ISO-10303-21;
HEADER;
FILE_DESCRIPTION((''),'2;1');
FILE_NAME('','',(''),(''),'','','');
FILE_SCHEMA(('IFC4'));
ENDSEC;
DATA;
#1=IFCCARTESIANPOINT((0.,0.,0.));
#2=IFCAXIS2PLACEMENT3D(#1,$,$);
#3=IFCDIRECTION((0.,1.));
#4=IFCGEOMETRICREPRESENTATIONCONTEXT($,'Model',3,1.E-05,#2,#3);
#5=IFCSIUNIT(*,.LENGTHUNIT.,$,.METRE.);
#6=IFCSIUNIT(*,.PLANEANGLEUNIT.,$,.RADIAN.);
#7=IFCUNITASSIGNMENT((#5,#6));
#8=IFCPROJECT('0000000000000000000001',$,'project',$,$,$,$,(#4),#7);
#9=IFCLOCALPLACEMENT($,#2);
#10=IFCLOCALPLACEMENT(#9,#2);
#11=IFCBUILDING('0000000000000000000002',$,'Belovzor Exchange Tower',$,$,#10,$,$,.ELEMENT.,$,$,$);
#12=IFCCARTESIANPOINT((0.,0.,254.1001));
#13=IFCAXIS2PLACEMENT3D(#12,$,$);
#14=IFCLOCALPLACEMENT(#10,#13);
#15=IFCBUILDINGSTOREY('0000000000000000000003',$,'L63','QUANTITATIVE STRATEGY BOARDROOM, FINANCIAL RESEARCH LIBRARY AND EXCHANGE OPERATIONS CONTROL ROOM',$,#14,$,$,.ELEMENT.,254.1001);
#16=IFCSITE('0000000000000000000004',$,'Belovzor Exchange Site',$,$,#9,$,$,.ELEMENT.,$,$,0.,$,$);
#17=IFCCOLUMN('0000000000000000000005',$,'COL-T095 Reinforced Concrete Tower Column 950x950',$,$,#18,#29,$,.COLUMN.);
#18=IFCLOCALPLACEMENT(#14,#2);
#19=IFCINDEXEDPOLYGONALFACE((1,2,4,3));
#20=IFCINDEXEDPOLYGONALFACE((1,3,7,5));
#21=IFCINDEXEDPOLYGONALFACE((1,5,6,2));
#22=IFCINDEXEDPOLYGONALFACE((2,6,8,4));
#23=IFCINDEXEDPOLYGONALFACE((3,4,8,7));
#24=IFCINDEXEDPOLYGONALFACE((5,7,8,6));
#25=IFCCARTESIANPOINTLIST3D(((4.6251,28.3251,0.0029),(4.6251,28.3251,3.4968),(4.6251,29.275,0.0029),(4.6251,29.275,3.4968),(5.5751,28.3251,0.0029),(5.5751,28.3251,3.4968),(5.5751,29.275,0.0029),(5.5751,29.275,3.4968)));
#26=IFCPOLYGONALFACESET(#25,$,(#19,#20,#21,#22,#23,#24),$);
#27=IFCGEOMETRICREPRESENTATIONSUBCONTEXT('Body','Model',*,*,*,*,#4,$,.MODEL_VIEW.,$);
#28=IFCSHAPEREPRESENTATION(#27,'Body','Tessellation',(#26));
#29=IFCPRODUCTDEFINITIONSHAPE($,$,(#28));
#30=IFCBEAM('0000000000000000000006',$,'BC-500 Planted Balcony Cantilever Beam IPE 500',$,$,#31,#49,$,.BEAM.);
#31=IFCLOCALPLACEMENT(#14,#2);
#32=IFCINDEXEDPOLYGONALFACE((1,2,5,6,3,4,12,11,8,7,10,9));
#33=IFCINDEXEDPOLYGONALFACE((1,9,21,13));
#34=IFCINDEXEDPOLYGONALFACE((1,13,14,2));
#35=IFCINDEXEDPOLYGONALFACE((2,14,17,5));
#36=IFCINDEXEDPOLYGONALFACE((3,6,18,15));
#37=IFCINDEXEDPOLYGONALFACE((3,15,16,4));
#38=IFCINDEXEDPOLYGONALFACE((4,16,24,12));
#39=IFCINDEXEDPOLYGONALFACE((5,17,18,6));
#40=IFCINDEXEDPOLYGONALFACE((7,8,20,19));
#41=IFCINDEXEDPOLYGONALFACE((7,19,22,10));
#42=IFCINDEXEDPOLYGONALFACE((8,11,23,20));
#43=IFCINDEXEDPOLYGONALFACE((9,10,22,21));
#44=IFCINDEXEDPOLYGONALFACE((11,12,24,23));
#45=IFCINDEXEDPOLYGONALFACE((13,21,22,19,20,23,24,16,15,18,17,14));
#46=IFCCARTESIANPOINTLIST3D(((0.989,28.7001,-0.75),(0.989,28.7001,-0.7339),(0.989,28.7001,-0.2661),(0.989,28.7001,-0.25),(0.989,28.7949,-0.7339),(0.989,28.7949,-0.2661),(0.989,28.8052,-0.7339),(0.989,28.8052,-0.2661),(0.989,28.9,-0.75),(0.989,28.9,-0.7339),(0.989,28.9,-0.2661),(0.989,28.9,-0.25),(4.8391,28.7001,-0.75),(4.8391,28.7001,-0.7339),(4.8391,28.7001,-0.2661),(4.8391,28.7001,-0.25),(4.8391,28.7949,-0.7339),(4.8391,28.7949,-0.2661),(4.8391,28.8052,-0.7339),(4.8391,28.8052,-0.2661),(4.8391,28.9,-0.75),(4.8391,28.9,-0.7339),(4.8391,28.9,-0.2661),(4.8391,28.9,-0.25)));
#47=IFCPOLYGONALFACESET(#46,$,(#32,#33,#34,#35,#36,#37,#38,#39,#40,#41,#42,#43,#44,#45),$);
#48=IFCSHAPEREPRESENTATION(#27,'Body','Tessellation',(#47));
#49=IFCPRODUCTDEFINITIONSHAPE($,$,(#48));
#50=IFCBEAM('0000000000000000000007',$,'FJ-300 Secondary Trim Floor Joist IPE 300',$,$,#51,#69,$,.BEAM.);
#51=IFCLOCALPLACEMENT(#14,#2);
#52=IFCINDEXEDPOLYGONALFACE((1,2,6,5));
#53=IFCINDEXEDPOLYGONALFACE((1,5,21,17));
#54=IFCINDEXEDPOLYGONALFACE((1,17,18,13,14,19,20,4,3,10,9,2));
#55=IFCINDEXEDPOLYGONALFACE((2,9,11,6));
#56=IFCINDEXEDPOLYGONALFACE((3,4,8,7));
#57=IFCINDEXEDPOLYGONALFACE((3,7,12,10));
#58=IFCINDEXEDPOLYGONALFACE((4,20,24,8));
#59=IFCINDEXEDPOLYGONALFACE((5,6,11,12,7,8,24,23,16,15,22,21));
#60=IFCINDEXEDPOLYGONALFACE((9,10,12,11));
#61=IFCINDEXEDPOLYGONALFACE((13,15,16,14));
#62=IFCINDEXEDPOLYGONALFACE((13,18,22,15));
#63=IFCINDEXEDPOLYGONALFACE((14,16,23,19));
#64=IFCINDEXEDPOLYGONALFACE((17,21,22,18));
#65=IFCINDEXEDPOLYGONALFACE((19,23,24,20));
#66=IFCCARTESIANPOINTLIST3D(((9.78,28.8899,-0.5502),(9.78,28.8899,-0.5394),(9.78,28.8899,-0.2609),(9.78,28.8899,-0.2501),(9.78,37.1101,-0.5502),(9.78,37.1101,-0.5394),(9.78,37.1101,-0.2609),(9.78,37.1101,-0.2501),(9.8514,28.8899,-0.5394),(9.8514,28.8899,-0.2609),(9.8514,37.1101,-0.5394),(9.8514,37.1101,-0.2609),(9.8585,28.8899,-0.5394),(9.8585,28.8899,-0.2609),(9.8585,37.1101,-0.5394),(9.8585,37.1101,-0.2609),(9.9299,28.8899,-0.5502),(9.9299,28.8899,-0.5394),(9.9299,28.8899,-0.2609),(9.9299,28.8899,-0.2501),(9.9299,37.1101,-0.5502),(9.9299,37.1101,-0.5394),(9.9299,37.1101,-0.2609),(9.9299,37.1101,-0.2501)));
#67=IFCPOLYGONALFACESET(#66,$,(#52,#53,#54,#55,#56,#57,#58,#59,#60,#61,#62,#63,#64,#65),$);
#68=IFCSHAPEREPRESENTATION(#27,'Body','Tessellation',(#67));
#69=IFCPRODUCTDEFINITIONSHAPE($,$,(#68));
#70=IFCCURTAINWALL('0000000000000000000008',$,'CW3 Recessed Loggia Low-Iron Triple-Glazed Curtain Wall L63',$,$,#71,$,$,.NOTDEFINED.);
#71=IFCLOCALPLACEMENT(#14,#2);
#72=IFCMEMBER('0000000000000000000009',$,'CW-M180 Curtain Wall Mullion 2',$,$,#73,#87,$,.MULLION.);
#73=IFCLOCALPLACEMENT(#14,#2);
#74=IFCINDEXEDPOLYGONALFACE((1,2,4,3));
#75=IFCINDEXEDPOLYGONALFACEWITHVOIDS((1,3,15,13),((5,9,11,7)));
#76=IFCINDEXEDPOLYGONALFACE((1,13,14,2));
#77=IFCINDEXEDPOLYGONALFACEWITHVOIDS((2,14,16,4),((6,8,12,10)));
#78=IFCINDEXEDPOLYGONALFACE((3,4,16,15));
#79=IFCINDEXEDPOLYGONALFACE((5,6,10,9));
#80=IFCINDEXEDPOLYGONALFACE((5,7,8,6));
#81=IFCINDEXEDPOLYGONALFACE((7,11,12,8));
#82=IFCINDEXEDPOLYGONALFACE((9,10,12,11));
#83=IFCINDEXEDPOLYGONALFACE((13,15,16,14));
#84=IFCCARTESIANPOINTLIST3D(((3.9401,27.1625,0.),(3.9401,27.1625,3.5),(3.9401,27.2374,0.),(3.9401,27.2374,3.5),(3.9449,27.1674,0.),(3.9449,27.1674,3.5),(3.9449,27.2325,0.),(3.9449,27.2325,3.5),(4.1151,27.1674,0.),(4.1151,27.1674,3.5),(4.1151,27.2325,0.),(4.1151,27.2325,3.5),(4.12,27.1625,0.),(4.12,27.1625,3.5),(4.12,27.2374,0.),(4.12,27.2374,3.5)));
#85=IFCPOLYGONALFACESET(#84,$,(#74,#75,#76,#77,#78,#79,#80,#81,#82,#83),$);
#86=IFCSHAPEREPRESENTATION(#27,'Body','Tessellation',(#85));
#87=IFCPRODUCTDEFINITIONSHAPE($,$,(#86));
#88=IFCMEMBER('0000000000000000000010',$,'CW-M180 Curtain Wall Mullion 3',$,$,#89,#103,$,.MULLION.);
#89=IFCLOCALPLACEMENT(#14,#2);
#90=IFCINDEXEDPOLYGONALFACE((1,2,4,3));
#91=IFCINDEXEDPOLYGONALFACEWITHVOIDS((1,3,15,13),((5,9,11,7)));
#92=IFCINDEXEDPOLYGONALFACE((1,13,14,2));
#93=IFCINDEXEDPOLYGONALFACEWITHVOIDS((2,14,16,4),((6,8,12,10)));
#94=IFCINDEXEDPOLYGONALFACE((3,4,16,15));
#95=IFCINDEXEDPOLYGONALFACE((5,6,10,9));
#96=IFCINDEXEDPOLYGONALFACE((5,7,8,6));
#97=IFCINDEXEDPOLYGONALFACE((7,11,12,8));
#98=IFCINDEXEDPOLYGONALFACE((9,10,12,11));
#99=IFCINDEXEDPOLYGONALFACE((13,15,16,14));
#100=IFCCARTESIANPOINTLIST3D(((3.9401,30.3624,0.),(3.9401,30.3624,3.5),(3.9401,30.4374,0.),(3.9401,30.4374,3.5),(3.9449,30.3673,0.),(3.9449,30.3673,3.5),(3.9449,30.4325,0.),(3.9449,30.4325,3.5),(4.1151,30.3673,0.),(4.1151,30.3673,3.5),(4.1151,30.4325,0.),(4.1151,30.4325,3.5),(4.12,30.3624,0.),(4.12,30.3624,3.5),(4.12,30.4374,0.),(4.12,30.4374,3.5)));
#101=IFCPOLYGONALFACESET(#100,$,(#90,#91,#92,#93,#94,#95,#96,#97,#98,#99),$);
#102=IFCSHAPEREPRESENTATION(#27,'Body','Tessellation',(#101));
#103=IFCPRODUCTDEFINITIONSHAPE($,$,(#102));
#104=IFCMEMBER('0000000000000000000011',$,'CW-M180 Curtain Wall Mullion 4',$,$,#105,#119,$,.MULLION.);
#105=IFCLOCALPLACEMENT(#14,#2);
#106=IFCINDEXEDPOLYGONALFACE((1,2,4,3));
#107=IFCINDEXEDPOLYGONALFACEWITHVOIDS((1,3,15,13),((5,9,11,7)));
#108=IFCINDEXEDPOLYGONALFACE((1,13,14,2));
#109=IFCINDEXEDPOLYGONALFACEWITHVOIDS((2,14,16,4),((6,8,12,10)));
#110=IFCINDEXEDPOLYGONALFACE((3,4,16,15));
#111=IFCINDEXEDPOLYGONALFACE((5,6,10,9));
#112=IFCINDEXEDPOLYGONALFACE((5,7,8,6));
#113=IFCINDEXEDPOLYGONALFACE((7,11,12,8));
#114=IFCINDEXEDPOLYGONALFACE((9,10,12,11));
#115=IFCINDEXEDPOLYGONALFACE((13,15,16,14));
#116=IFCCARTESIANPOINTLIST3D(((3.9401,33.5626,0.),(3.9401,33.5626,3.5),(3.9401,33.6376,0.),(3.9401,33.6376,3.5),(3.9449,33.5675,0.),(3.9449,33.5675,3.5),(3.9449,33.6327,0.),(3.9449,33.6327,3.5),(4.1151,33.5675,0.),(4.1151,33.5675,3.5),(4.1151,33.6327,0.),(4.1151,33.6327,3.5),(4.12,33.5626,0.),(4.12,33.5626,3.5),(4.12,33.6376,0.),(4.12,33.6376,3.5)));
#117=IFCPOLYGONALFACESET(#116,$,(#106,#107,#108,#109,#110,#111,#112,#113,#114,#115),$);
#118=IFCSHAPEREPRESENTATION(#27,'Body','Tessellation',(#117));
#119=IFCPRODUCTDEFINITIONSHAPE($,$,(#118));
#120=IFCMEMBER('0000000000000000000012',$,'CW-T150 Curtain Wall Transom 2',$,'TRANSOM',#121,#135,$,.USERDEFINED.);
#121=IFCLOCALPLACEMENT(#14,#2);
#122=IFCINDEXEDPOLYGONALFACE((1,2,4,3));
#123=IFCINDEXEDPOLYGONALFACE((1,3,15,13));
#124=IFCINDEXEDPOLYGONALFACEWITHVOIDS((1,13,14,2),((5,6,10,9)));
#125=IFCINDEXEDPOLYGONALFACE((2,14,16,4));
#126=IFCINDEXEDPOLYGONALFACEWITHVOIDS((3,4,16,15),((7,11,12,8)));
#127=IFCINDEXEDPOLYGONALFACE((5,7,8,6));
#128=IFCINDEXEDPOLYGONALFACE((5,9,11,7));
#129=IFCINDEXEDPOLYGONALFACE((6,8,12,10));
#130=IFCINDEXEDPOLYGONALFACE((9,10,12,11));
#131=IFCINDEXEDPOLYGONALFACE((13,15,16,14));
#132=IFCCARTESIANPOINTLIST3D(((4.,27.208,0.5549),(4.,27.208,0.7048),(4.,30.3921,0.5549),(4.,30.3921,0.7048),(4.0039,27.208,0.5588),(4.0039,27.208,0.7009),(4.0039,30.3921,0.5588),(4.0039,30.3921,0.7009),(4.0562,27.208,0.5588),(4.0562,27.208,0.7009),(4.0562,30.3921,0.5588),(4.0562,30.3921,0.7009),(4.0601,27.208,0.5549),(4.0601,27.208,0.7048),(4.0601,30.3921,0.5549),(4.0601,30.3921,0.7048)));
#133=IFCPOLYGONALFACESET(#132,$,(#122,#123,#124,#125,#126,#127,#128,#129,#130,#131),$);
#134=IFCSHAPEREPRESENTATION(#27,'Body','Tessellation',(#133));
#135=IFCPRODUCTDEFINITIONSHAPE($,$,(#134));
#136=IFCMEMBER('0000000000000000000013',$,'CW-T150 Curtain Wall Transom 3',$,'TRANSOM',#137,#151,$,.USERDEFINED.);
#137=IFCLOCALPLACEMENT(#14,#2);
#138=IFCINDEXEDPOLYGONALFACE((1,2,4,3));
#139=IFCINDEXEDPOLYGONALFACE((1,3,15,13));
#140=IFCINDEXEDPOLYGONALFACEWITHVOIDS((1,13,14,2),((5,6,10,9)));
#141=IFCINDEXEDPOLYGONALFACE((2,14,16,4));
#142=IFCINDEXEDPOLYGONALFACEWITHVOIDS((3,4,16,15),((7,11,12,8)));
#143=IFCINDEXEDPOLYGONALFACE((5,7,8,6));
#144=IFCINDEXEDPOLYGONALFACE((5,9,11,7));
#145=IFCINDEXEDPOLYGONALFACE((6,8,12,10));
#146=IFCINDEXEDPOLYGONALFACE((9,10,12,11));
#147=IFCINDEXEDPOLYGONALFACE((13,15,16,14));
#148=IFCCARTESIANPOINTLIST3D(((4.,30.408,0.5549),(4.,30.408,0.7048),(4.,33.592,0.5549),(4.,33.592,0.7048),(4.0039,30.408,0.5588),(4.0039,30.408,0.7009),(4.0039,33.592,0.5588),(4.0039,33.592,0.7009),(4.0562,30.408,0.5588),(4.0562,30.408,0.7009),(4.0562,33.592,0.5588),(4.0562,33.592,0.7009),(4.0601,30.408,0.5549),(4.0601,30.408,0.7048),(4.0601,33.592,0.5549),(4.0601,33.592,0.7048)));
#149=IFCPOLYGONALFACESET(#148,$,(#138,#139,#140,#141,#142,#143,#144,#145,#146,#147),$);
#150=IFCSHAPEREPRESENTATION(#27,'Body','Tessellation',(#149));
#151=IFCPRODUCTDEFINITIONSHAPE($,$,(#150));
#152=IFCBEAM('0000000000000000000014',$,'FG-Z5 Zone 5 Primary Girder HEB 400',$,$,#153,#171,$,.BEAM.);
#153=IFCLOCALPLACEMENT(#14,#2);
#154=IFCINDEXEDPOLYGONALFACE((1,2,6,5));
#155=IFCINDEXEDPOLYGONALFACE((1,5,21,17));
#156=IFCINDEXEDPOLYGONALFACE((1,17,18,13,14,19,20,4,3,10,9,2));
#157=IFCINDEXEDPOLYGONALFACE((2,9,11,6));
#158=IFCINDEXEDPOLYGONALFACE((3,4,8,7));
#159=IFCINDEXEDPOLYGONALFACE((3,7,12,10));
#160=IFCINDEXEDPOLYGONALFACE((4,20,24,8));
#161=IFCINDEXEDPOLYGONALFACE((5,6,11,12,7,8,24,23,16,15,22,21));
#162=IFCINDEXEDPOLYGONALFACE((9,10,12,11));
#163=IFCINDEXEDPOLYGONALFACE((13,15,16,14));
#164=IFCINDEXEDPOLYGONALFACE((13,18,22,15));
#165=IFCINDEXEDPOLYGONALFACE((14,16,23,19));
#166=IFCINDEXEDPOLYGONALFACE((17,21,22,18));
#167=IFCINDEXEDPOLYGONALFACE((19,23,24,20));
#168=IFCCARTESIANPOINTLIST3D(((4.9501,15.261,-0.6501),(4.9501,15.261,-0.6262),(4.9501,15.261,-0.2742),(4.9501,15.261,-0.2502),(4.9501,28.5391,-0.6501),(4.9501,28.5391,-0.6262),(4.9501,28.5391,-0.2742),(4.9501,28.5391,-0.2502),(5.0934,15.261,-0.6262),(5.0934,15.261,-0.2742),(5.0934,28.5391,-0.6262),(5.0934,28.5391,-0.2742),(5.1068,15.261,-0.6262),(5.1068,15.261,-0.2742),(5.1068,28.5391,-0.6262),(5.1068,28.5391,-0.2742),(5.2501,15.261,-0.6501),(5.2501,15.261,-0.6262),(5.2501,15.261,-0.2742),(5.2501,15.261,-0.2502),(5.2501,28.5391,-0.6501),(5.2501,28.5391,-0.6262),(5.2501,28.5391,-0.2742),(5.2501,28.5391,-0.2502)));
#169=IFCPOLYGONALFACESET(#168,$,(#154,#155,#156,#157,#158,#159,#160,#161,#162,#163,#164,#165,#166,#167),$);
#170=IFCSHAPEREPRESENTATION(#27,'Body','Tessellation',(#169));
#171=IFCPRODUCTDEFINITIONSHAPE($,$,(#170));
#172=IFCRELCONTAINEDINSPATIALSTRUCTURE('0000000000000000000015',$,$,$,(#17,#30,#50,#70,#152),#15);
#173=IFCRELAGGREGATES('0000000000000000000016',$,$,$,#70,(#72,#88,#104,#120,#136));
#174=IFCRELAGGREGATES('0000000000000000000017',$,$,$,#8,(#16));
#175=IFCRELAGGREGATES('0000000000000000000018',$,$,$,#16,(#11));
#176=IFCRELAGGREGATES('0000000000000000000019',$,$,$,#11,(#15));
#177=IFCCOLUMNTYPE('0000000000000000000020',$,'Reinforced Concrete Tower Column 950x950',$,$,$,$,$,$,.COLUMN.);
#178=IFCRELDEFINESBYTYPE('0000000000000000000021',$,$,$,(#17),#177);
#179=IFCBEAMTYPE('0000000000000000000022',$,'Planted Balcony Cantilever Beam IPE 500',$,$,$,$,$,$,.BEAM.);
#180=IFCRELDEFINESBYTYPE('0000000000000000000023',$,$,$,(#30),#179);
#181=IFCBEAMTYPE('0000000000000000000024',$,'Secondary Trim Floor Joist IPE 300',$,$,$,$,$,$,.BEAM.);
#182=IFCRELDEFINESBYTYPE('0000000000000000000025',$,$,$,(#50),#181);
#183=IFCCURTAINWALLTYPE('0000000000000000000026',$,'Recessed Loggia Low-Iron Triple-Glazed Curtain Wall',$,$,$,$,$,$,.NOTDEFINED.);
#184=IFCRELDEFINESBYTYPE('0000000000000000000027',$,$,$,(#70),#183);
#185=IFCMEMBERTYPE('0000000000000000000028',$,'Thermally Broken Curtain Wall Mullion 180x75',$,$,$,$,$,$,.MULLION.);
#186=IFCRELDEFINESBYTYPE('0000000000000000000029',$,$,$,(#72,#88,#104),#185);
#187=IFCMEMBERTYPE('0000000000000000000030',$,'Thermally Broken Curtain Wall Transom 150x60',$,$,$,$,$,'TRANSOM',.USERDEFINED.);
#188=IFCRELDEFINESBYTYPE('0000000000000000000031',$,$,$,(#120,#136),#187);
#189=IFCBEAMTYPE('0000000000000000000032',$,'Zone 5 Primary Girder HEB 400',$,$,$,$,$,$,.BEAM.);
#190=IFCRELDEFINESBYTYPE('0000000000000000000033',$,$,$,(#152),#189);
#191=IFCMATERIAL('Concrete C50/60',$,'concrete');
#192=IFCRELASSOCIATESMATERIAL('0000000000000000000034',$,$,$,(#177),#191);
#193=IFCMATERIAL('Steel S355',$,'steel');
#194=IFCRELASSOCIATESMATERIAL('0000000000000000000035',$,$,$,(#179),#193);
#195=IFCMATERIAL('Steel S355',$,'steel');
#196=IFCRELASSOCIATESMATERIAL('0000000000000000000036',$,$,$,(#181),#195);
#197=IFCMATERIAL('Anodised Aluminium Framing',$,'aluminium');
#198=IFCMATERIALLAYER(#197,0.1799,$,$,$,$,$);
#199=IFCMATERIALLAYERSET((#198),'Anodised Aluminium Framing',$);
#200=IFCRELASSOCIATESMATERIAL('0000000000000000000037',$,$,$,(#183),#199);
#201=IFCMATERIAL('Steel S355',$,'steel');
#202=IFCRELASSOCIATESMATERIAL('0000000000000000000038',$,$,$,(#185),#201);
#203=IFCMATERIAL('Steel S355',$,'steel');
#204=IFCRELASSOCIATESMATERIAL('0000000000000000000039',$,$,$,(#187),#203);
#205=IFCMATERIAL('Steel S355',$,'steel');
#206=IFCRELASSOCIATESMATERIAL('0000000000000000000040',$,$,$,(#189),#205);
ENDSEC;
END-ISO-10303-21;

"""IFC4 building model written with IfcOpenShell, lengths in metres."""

from ifc_helpers import new_model, si_unit, direction, frame, origin, origin_2d, place, context, subcontext, project, spatial, rectangle, hollow_rectangle, i_section, extrude, material, layer, layer_set, material_profile, profile_set, type_object, element, aggregate, save


model = new_model("IFC4")

# Units and contexts
model_context = context("Model", 3, precision=1e-05, world=origin(), true_north=direction((0.0, 1.0)))
body_context = subcontext(model_context, "Body", "Model", "MODEL_VIEW")
ifc_project = project(units=[si_unit("LENGTHUNIT", "METRE"), si_unit("PLANEANGLEUNIT", "RADIAN")], contexts=[model_context])

# Site, building, storey
site_placement = place(None, origin())
site = spatial("IfcSite", under=ifc_project, at=site_placement, Name="Belovzor Exchange Site", CompositionType="ELEMENT", RefElevation=0.0)
building_placement = place(site_placement, origin())
building = spatial("IfcBuilding", under=site, at=building_placement, Name="Belovzor Exchange Tower", CompositionType="ELEMENT")
storey_placement = place(building_placement, frame((0.0, 0.0, 254.1001)))
storey = spatial("IfcBuildingStorey", under=building, at=storey_placement, Name="L63", Description="QUANTITATIVE STRATEGY BOARDROOM, FINANCIAL RESEARCH LIBRARY AND EXCHANGE OPERATIONS CONTROL ROOM", CompositionType="ELEMENT", Elevation=254.1001)

# Column
ifc_material_1 = material(Name="Concrete C50/60", Category="concrete")
ifc_material_profile_1 = material_profile(ifc_material_1, rectangle(XDim=0.95, YDim=0.95, at=origin_2d()))
ifc_profile_set_1 = profile_set([ifc_material_profile_1], Name="Concrete C50/60")
column_type = type_object("IfcColumnType", Name="Reinforced Concrete Tower Column 950x950", PredefinedType="COLUMN", material=ifc_profile_set_1)
column_placement = place(storey_placement, frame((5.1001, 28.8, 0.0029), z_axis=(0.0, 0.0, 1.0), x_axis=(1.0, 0.0, 0.0)))
element("IfcColumn", 1, at=column_placement, inside=storey, type_object=column_type, Name="COL-T095 Reinforced Concrete Tower Column 950x950", PredefinedType="COLUMN", context=body_context, shape_type="SweptSolid", body=[
    extrude(rectangle(XDim=0.95, YDim=0.95, at=origin_2d()), origin(), (0.0, 0.0, 1.0), 3.4939),
])

# Beams
ifc_material_2 = material(Name="Steel S355", Category="steel")
ifc_material_profile_2 = material_profile(ifc_material_2, i_section(OverallWidth=0.2, OverallDepth=0.5, WebThickness=0.0103, FlangeThickness=0.0161, at=origin_2d()))
ifc_profile_set_2 = profile_set([ifc_material_profile_2], Name="Steel S355")
beam_type_1 = type_object("IfcBeamType", Name="Planted Balcony Cantilever Beam IPE 500", PredefinedType="BEAM", material=ifc_profile_set_2)
beam_1_placement = place(storey_placement, frame((4.8391, 28.8, -0.5), z_axis=(-1.0, 0.0, 0.0), x_axis=(0.0, -1.0, 0.0)))
element("IfcBeam", 2, at=beam_1_placement, inside=storey, type_object=beam_type_1, Name="BC-500 Planted Balcony Cantilever Beam IPE 500", PredefinedType="BEAM", context=body_context, shape_type="SweptSolid", body=[
    extrude(i_section(OverallWidth=0.2, OverallDepth=0.5, WebThickness=0.0103, FlangeThickness=0.0161, at=origin_2d()), origin(), (0.0, 0.0, 1.0), 3.8501),
])
ifc_material_3 = material(Name="Steel S355", Category="steel")
ifc_material_profile_3 = material_profile(ifc_material_3, i_section(OverallWidth=0.1499, OverallDepth=0.3, WebThickness=0.0071, FlangeThickness=0.0107, at=origin_2d()))
ifc_profile_set_3 = profile_set([ifc_material_profile_3], Name="Steel S355")
beam_type_2 = type_object("IfcBeamType", Name="Secondary Trim Floor Joist IPE 300", PredefinedType="BEAM", material=ifc_profile_set_3)
beam_2_placement = place(storey_placement, frame((9.855, 28.8899, -0.4001), z_axis=(0.0, 1.0, 0.0), x_axis=(-1.0, 0.0, 0.0)))
element("IfcBeam", 3, at=beam_2_placement, inside=storey, type_object=beam_type_2, Name="FJ-300 Secondary Trim Floor Joist IPE 300", PredefinedType="BEAM", context=body_context, shape_type="SweptSolid", body=[
    extrude(i_section(OverallWidth=0.1499, OverallDepth=0.3, WebThickness=0.0071, FlangeThickness=0.0107, at=origin_2d()), origin(), (0.0, 0.0, 1.0), 8.2202),
])

# Curtain wall, members
ifc_material_4 = material(Name="Anodised Aluminium Framing", Category="aluminium")
ifc_layer_1 = layer(ifc_material_4, 0.1799)
ifc_layer_set_1 = layer_set([ifc_layer_1], Name="Anodised Aluminium Framing")
curtain_wall_type = type_object("IfcCurtainWallType", Name="Recessed Loggia Low-Iron Triple-Glazed Curtain Wall", PredefinedType="NOTDEFINED", material=ifc_layer_set_1)
curtain_wall_placement = place(storey_placement, origin())
curtain_wall = element("IfcCurtainWall", 4, at=curtain_wall_placement, inside=storey, type_object=curtain_wall_type, Name="CW3 Recessed Loggia Low-Iron Triple-Glazed Curtain Wall L63", PredefinedType="NOTDEFINED")
ifc_material_5 = material(Name="Steel S355", Category="steel")
ifc_material_profile_4 = material_profile(ifc_material_5, hollow_rectangle(XDim=0.075, YDim=0.1799, WallThickness=0.0049, at=origin_2d()))
ifc_profile_set_4 = profile_set([ifc_material_profile_4], Name="Steel S355")
member_type_1 = type_object("IfcMemberType", Name="Thermally Broken Curtain Wall Mullion 180x75", PredefinedType="MULLION", material=ifc_profile_set_4)
member_1_placement = place(storey_placement, frame((4.03, 27.2, 0.0), z_axis=(0.0, 0.0, 1.0), x_axis=(0.0, 1.0, 0.0)))
member_1 = element("IfcMember", 5, at=member_1_placement, type_object=member_type_1, Name="CW-M180 Curtain Wall Mullion 2", PredefinedType="MULLION", context=body_context, shape_type="SweptSolid", body=[
    extrude(hollow_rectangle(XDim=0.075, YDim=0.1799, WallThickness=0.0049, at=origin_2d()), origin(), (0.0, 0.0, 1.0), 3.5),
])
member_2_placement = place(storey_placement, frame((4.03, 30.3999, 0.0), z_axis=(0.0, 0.0, 1.0), x_axis=(0.0, 1.0, 0.0)))
member_2 = element("IfcMember", 6, at=member_2_placement, type_object=member_type_1, Name="CW-M180 Curtain Wall Mullion 3", PredefinedType="MULLION", context=body_context, shape_type="SweptSolid", body=[
    extrude(hollow_rectangle(XDim=0.075, YDim=0.1799, WallThickness=0.0049, at=origin_2d()), origin(), (0.0, 0.0, 1.0), 3.5),
])
member_3_placement = place(storey_placement, frame((4.03, 33.6001, 0.0), z_axis=(0.0, 0.0, 1.0), x_axis=(0.0, 1.0, 0.0)))
member_3 = element("IfcMember", 7, at=member_3_placement, type_object=member_type_1, Name="CW-M180 Curtain Wall Mullion 4", PredefinedType="MULLION", context=body_context, shape_type="SweptSolid", body=[
    extrude(hollow_rectangle(XDim=0.075, YDim=0.1799, WallThickness=0.0049, at=origin_2d()), origin(), (0.0, 0.0, 1.0), 3.5),
])
ifc_material_6 = material(Name="Steel S355", Category="steel")
ifc_material_profile_5 = material_profile(ifc_material_6, hollow_rectangle(XDim=0.0601, YDim=0.1499, WallThickness=0.0039, at=origin_2d()))
ifc_profile_set_5 = profile_set([ifc_material_profile_5], Name="Steel S355")
member_type_2 = type_object("IfcMemberType", Name="Thermally Broken Curtain Wall Transom 150x60", ElementType="TRANSOM", PredefinedType="USERDEFINED", material=ifc_profile_set_5)
member_4_placement = place(storey_placement, frame((4.03, 27.208, 0.6299), z_axis=(0.0, 1.0, 0.0), x_axis=(-1.0, 0.0, 0.0)))
member_4 = element("IfcMember", 8, at=member_4_placement, type_object=member_type_2, Name="CW-T150 Curtain Wall Transom 2", ObjectType="TRANSOM", PredefinedType="USERDEFINED", context=body_context, shape_type="SweptSolid", body=[
    extrude(hollow_rectangle(XDim=0.0601, YDim=0.1499, WallThickness=0.0039, at=origin_2d()), origin(), (0.0, 0.0, 1.0), 3.1841),
])
member_5_placement = place(storey_placement, frame((4.03, 30.408, 0.6299), z_axis=(0.0, 1.0, 0.0), x_axis=(-1.0, 0.0, 0.0)))
member_5 = element("IfcMember", 9, at=member_5_placement, type_object=member_type_2, Name="CW-T150 Curtain Wall Transom 3", ObjectType="TRANSOM", PredefinedType="USERDEFINED", context=body_context, shape_type="SweptSolid", body=[
    extrude(hollow_rectangle(XDim=0.0601, YDim=0.1499, WallThickness=0.0039, at=origin_2d()), origin(), (0.0, 0.0, 1.0), 3.1841),
])

# Beam
ifc_material_7 = material(Name="Steel S355", Category="steel")
ifc_material_profile_6 = material_profile(ifc_material_7, i_section(OverallWidth=0.3, OverallDepth=0.3999, WebThickness=0.0134, FlangeThickness=0.0239, at=origin_2d()))
ifc_profile_set_6 = profile_set([ifc_material_profile_6], Name="Steel S355")
beam_type_3 = type_object("IfcBeamType", Name="Zone 5 Primary Girder HEB 400", PredefinedType="BEAM", material=ifc_profile_set_6)
beam_3_placement = place(storey_placement, frame((5.1001, 28.5391, -0.4502), z_axis=(0.0, -1.0, 0.0), x_axis=(1.0, 0.0, 0.0)))
element("IfcBeam", 10, at=beam_3_placement, inside=storey, type_object=beam_type_3, Name="FG-Z5 Zone 5 Primary Girder HEB 400", PredefinedType="BEAM", context=body_context, shape_type="SweptSolid", body=[
    extrude(i_section(OverallWidth=0.3, OverallDepth=0.3999, WebThickness=0.0134, FlangeThickness=0.0239, at=origin_2d()), origin(), (0.0, 0.0, 1.0), 13.2781),
])

aggregate(curtain_wall, [member_1, member_2, member_3, member_4, member_5])

save(model, "model.ifc")
